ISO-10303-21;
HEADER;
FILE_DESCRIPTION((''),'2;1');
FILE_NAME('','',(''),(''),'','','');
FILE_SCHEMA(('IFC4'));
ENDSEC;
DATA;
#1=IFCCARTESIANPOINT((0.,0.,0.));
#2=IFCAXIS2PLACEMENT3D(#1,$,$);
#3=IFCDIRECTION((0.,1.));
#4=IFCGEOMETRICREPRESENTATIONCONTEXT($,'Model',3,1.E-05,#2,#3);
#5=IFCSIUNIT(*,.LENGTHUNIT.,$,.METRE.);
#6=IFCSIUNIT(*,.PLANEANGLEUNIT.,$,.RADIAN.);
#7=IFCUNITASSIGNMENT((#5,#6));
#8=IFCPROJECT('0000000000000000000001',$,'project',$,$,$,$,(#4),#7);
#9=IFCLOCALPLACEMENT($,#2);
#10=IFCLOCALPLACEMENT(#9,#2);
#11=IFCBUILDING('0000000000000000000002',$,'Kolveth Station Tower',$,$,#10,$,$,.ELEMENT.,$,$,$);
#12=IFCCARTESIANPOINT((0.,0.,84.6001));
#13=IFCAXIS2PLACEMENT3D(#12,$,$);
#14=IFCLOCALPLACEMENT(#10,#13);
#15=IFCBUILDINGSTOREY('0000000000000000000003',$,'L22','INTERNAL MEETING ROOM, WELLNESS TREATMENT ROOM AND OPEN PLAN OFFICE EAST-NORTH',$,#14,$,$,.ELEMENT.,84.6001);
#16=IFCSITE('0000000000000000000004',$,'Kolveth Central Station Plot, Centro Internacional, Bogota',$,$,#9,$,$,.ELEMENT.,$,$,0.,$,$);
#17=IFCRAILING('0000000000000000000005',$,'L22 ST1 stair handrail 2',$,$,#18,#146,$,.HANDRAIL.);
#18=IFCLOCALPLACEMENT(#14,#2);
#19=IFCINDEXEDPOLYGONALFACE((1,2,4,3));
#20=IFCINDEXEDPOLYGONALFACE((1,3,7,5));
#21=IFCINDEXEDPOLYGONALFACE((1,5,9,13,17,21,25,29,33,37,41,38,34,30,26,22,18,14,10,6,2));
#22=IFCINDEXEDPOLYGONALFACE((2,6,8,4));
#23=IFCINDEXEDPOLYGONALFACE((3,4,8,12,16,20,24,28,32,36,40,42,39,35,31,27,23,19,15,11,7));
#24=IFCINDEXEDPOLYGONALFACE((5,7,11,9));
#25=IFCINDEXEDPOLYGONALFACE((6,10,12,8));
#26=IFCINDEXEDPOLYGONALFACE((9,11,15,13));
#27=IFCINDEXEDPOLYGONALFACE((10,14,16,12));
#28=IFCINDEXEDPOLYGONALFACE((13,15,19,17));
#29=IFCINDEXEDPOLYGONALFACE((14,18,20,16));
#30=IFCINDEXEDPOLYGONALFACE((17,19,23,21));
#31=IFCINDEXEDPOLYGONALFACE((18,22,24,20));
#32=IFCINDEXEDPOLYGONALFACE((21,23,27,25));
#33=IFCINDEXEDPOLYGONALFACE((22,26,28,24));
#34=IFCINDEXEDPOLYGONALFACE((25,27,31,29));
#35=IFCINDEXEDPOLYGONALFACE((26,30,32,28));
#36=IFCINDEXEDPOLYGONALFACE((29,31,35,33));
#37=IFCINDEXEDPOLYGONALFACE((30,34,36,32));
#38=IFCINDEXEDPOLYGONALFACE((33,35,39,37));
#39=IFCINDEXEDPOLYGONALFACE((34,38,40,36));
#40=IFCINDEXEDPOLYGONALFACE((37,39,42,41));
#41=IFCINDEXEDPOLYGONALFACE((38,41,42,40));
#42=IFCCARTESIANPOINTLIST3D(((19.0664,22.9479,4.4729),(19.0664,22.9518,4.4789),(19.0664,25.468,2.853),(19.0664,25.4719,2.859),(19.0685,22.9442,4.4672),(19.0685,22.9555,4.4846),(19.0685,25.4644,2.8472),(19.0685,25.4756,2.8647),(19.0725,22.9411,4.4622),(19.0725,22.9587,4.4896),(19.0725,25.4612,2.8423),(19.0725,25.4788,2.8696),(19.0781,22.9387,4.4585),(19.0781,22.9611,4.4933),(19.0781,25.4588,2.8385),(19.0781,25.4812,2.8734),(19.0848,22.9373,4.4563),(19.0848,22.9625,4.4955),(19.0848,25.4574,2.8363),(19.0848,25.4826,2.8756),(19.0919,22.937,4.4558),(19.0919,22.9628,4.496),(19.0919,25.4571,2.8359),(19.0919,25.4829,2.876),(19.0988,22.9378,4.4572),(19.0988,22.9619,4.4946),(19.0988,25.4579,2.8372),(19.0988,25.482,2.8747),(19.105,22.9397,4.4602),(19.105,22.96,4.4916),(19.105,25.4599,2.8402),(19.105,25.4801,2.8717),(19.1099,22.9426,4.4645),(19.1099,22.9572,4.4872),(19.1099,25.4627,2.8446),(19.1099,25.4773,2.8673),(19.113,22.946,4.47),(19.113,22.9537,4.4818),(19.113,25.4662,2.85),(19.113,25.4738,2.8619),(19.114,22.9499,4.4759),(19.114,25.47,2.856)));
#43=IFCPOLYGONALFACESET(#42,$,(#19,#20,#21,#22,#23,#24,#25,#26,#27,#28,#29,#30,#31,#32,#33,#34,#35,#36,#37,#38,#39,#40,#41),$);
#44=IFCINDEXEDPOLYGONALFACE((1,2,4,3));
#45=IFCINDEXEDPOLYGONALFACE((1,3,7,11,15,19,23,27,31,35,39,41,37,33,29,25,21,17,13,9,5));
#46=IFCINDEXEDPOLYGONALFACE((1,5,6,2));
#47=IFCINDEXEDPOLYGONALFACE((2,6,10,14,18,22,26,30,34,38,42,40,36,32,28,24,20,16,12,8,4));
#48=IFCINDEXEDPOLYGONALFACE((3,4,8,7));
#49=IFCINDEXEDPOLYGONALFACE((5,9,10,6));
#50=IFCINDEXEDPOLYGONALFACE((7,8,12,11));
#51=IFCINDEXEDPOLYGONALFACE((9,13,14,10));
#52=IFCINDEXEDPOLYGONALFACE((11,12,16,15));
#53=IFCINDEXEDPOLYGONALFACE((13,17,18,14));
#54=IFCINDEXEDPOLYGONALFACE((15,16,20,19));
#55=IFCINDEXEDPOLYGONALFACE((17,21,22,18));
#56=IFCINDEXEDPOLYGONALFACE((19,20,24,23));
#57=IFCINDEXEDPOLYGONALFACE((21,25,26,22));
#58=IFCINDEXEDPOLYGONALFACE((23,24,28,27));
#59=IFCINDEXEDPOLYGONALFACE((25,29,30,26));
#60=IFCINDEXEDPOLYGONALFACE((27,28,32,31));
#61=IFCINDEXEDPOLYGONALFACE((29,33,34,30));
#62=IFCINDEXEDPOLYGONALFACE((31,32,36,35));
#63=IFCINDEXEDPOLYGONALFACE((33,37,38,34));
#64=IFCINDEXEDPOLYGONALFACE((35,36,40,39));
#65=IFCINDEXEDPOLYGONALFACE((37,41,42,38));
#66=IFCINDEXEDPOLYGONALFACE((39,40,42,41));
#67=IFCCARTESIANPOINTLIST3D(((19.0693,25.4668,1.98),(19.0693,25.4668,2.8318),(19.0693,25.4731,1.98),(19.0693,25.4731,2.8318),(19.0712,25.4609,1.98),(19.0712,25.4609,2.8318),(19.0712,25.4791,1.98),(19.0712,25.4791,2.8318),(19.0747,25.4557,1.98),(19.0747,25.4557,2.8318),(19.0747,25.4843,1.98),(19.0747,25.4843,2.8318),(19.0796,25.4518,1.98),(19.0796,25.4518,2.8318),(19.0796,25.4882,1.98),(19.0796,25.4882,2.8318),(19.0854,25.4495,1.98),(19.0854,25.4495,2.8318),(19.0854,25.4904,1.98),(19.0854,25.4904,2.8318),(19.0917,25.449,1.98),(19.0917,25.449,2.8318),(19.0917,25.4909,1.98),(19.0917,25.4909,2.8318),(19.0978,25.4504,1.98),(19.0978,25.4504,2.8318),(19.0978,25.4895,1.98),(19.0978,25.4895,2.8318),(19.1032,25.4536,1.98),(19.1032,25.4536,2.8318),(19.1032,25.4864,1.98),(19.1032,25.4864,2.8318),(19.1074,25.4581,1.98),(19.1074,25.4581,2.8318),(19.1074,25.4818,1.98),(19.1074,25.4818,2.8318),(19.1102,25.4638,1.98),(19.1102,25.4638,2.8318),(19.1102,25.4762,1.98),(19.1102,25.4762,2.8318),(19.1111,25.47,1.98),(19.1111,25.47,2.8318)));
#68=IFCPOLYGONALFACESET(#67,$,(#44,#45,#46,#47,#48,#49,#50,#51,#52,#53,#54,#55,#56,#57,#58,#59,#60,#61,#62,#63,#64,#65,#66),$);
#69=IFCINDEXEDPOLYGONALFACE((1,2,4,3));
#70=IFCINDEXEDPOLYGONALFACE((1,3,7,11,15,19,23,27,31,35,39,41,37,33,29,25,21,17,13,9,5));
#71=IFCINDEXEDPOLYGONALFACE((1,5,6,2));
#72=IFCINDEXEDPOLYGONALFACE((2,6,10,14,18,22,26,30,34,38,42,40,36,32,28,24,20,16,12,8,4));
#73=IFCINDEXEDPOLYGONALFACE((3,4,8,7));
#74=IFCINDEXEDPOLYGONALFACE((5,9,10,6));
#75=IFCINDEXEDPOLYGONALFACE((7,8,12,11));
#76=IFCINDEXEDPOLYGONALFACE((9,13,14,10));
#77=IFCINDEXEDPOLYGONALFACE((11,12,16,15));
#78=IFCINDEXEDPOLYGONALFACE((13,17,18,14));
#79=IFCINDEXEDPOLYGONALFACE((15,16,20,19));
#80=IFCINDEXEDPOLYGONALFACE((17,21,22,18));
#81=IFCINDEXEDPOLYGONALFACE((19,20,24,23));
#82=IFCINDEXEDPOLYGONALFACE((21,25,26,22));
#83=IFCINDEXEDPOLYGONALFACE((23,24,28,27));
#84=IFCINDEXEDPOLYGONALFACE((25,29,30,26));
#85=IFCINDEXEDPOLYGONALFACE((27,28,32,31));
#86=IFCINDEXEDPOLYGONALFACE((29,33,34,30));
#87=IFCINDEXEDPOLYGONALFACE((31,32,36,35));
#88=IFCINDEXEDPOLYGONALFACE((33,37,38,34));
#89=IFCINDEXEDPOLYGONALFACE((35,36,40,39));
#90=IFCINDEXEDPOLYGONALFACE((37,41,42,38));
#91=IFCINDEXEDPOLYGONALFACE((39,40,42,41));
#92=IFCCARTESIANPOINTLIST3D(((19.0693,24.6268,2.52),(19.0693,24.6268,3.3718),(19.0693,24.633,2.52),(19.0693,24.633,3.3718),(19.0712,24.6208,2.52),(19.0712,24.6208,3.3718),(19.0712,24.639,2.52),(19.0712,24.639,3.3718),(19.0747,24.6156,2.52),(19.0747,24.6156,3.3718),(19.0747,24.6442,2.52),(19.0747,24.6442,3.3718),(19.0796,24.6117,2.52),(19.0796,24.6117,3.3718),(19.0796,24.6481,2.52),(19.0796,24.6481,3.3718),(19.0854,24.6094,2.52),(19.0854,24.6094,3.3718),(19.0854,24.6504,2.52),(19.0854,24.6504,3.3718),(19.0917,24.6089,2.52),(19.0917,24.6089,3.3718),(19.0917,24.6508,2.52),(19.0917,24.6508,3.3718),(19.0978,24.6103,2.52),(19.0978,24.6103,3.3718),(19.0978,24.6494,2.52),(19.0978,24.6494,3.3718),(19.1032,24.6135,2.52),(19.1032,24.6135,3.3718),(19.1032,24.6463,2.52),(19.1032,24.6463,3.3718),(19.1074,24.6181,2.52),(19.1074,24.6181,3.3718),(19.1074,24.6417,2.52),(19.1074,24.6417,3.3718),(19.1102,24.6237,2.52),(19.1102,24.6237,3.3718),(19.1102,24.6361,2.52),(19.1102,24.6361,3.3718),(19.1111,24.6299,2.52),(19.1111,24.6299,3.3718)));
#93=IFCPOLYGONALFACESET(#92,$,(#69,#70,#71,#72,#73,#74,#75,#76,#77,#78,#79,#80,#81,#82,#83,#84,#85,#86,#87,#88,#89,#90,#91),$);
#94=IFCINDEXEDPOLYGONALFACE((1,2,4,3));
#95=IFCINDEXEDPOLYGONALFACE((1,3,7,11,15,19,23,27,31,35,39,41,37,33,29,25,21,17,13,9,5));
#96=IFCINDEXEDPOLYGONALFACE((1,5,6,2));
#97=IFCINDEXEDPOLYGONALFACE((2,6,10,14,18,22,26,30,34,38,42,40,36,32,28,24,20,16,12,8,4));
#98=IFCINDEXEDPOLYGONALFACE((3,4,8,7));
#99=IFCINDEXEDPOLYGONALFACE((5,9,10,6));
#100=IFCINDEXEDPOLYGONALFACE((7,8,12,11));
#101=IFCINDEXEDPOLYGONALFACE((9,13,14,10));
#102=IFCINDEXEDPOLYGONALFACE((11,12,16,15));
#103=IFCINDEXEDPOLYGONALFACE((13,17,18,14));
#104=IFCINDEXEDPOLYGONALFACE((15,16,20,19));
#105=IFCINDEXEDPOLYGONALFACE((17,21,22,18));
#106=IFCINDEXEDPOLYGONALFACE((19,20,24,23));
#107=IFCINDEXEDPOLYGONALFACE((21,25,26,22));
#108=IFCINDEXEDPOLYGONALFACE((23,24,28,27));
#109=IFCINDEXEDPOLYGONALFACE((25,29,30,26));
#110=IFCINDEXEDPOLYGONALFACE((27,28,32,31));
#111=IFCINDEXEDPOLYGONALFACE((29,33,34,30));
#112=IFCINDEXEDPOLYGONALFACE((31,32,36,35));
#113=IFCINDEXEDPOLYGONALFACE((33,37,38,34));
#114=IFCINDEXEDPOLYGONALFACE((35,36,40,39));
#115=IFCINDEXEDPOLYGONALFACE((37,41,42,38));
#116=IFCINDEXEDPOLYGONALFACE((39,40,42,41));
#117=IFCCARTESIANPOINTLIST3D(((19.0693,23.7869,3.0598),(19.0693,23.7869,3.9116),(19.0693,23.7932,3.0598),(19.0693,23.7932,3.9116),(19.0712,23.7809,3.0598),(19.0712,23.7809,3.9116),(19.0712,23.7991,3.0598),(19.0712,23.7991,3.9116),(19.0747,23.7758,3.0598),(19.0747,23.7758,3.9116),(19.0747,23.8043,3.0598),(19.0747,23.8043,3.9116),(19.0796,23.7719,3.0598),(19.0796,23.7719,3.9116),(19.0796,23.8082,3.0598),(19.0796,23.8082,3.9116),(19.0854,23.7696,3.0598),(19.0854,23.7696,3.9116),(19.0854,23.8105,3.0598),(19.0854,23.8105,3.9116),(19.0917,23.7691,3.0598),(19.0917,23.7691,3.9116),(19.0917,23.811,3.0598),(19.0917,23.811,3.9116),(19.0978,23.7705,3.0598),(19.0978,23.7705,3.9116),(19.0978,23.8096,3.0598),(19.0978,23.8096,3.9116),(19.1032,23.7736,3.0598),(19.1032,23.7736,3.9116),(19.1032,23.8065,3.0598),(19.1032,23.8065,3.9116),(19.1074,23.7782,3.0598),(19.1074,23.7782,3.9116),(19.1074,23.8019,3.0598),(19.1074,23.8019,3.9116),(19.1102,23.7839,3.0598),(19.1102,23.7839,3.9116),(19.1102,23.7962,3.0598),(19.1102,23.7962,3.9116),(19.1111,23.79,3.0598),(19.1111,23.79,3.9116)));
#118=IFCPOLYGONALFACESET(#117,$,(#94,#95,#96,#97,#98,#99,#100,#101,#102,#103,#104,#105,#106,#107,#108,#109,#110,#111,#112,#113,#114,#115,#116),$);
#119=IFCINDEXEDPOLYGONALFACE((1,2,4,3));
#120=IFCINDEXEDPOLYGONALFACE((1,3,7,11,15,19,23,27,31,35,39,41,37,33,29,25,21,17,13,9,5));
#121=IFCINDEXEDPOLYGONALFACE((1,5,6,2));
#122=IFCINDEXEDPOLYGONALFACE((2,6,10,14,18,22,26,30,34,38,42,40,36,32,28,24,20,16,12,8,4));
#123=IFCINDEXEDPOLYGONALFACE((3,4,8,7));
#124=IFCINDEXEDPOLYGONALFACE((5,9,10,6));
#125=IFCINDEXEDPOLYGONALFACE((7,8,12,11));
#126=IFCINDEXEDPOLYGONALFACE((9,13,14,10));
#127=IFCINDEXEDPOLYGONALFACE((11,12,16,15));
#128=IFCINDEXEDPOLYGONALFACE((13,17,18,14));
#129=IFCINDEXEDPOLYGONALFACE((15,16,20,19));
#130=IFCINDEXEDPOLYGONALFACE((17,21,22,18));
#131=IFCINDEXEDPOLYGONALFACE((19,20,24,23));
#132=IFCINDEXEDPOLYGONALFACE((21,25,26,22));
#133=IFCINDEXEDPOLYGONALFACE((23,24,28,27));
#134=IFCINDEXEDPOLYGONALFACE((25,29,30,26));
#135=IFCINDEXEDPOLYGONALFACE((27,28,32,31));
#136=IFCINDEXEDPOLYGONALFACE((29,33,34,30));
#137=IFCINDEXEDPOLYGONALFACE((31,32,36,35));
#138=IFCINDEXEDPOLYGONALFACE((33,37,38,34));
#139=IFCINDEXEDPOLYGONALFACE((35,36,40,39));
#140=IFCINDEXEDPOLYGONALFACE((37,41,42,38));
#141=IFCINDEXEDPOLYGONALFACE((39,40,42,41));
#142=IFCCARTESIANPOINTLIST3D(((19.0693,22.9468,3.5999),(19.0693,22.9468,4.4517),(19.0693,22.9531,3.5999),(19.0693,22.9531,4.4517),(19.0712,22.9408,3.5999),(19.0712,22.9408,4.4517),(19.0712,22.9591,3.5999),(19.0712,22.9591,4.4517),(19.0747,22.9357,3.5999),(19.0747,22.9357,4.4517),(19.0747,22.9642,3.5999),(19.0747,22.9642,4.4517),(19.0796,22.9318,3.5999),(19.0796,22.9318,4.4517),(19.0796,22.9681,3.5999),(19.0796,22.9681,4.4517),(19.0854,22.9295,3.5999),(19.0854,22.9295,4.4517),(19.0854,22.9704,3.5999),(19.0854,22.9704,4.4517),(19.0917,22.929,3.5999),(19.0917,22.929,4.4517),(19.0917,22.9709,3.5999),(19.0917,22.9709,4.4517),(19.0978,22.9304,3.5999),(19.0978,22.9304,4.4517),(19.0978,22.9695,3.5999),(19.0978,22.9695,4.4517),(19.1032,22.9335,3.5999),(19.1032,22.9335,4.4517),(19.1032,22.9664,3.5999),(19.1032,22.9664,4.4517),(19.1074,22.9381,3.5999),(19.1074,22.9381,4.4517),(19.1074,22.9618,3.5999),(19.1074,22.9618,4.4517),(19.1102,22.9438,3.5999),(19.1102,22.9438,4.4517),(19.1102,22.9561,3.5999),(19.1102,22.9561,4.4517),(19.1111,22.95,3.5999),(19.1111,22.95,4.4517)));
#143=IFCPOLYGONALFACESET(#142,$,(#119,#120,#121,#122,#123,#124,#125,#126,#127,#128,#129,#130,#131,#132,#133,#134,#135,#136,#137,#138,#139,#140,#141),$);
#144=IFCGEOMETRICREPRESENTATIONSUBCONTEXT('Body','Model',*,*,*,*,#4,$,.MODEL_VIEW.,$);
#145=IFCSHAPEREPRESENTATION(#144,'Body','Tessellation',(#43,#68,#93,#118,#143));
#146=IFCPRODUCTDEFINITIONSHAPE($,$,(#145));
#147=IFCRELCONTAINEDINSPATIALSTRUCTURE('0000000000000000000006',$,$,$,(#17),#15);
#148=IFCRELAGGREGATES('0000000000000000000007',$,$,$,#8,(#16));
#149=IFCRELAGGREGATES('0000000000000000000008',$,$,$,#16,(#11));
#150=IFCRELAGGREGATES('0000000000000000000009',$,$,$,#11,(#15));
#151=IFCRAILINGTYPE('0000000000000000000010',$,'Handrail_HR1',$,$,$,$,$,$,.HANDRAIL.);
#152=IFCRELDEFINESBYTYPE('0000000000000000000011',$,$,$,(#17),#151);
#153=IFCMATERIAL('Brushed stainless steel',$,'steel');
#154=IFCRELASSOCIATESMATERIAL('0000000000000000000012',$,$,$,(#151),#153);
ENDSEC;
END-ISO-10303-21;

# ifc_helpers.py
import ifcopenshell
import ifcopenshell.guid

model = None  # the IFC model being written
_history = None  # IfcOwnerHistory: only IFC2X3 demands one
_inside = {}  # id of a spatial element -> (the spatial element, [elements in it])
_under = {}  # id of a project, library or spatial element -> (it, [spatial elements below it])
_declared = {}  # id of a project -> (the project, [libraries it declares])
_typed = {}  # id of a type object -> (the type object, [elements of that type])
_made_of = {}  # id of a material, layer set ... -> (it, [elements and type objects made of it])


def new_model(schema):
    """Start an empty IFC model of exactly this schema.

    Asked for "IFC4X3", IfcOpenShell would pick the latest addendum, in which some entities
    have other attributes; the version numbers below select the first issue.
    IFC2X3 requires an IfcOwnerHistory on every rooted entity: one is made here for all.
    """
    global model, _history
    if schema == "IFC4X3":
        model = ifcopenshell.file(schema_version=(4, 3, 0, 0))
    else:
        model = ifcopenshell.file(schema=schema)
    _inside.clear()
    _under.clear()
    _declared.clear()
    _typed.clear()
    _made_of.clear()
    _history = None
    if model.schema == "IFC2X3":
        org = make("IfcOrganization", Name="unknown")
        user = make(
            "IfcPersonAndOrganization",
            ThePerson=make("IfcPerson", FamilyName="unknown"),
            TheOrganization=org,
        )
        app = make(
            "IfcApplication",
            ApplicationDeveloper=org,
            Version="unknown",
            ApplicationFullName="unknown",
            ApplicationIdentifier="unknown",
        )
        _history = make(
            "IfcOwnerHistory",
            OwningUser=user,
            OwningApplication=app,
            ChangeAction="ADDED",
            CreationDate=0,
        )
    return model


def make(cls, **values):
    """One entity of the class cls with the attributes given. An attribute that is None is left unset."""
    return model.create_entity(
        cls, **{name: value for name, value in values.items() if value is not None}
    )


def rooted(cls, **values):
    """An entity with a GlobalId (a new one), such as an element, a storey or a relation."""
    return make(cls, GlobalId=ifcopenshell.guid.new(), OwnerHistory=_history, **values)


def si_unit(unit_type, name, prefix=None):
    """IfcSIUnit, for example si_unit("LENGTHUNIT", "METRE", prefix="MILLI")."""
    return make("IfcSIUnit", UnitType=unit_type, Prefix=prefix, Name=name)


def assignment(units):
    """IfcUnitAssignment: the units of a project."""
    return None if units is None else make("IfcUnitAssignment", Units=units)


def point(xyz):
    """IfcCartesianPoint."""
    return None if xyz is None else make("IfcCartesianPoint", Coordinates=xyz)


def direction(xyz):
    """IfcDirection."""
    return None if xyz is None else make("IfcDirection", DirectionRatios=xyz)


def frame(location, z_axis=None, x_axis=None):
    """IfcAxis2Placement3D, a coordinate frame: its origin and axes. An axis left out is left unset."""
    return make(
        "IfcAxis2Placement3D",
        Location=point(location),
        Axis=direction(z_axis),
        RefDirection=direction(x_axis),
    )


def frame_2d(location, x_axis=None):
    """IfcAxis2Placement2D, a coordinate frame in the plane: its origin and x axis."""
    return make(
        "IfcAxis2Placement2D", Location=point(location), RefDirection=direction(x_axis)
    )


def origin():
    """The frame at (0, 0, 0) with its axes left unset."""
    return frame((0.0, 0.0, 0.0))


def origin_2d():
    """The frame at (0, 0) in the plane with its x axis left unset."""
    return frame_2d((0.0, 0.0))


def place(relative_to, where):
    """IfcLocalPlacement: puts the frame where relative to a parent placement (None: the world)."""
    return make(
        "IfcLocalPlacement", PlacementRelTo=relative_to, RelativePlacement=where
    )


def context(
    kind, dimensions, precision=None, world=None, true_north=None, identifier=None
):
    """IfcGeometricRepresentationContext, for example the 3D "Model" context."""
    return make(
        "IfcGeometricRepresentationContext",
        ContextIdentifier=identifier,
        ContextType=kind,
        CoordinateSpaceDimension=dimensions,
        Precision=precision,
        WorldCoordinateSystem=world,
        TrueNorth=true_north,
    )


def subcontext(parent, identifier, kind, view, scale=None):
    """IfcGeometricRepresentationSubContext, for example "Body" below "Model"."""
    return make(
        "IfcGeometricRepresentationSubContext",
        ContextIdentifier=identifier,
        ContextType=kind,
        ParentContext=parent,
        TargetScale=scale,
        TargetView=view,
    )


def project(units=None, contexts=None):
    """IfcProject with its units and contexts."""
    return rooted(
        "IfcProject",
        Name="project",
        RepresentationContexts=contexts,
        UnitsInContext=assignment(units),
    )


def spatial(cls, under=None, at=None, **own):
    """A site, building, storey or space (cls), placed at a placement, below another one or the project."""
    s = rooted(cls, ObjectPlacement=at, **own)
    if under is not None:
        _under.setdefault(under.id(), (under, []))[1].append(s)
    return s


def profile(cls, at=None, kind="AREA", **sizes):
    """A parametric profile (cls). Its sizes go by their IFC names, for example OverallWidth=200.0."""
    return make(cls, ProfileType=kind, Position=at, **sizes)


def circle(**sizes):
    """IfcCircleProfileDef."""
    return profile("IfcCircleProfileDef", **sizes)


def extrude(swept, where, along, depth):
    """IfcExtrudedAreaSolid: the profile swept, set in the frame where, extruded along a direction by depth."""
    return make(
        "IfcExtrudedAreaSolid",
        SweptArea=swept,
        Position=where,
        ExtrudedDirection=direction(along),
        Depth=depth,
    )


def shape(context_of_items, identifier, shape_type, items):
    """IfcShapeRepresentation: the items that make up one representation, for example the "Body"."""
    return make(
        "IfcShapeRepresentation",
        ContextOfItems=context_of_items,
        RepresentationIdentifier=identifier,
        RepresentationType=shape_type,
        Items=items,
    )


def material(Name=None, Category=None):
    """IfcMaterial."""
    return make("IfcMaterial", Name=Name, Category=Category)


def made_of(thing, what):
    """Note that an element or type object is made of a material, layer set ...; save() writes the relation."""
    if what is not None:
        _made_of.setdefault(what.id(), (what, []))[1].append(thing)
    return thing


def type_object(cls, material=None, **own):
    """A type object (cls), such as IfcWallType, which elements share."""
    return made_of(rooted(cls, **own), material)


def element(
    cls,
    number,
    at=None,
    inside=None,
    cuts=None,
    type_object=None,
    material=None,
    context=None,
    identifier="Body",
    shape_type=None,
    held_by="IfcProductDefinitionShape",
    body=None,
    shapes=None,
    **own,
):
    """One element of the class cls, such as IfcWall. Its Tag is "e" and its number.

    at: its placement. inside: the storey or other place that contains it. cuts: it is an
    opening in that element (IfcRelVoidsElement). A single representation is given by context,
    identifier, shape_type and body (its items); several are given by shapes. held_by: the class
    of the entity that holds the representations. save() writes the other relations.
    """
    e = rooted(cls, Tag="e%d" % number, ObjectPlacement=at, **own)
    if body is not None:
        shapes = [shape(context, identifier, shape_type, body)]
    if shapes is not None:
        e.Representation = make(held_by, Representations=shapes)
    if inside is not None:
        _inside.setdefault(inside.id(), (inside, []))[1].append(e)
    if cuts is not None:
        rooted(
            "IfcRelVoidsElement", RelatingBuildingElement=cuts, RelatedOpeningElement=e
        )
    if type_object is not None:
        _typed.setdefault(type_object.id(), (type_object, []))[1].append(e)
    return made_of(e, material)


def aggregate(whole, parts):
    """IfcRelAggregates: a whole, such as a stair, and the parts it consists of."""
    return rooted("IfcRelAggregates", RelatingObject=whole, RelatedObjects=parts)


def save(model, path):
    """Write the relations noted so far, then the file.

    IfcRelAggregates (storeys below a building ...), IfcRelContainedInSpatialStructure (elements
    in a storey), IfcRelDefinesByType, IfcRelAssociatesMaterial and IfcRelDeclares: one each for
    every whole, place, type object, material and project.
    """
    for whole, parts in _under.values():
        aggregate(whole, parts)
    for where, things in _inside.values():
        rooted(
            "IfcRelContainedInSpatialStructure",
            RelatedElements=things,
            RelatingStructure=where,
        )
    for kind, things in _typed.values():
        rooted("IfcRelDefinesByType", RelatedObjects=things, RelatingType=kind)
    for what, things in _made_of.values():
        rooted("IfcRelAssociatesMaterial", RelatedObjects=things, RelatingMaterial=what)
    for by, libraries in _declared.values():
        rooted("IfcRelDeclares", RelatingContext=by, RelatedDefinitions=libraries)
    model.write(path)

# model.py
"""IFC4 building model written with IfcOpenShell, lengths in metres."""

from ifc_helpers import new_model, si_unit, direction, frame, origin, origin_2d, place, context, subcontext, project, spatial, circle, extrude, material, type_object, element, save


model = new_model("IFC4")

# Units and contexts
model_context = context("Model", 3, precision=1e-05, world=origin(), true_north=direction((0.0, 1.0)))
body_context = subcontext(model_context, "Body", "Model", "MODEL_VIEW")
ifc_project = project(units=[si_unit("LENGTHUNIT", "METRE"), si_unit("PLANEANGLEUNIT", "RADIAN")], contexts=[model_context])

# Site, building, storey
site_placement = place(None, origin())
site = spatial("IfcSite", under=ifc_project, at=site_placement, Name="Kolveth Central Station Plot, Centro Internacional, Bogota", CompositionType="ELEMENT", RefElevation=0.0)
building_placement = place(site_placement, origin())
building = spatial("IfcBuilding", under=site, at=building_placement, Name="Kolveth Station Tower", CompositionType="ELEMENT")
storey_placement = place(building_placement, frame((0.0, 0.0, 84.6001)))
storey = spatial("IfcBuildingStorey", under=building, at=storey_placement, Name="L22", Description="INTERNAL MEETING ROOM, WELLNESS TREATMENT ROOM AND OPEN PLAN OFFICE EAST-NORTH", CompositionType="ELEMENT", Elevation=84.6001)

# Railing
ifc_material_1 = material(Name="Brushed stainless steel", Category="steel")
railing_type_1 = type_object("IfcRailingType", Name="Handrail_HR1", PredefinedType="HANDRAIL", material=ifc_material_1)
railing_1_placement = place(storey_placement, frame((19.0901, 25.47, 1.98)))
element("IfcRailing", 1, at=railing_1_placement, inside=storey, type_object=railing_type_1, Name="L22 ST1 stair handrail 2", PredefinedType="HANDRAIL", context=body_context, shape_type="SweptSolid", body=[
    extrude(circle(Radius=0.0239, at=origin_2d()), frame((0.0, 0.0, 0.876), z_axis=(0.0, -0.8412, 0.540725), x_axis=(1.0, 0.0, 0.0)), (0.0, 0.0, 1.0), 2.9958),
    extrude(circle(Radius=0.021, at=origin_2d()), origin(), (0.0, 0.0, 1.0), 0.8518),
    extrude(circle(Radius=0.021, at=origin_2d()), frame((0.0, -0.8401, 0.54)), (0.0, 0.0, 1.0), 0.8518),
    extrude(circle(Radius=0.021, at=origin_2d()), frame((0.0, -1.6799, 1.0798)), (0.0, 0.0, 1.0), 0.8518),
    extrude(circle(Radius=0.021, at=origin_2d()), frame((0.0, -2.52, 1.6199)), (0.0, 0.0, 1.0), 0.8518),
])

save(model, "model.ifc")
